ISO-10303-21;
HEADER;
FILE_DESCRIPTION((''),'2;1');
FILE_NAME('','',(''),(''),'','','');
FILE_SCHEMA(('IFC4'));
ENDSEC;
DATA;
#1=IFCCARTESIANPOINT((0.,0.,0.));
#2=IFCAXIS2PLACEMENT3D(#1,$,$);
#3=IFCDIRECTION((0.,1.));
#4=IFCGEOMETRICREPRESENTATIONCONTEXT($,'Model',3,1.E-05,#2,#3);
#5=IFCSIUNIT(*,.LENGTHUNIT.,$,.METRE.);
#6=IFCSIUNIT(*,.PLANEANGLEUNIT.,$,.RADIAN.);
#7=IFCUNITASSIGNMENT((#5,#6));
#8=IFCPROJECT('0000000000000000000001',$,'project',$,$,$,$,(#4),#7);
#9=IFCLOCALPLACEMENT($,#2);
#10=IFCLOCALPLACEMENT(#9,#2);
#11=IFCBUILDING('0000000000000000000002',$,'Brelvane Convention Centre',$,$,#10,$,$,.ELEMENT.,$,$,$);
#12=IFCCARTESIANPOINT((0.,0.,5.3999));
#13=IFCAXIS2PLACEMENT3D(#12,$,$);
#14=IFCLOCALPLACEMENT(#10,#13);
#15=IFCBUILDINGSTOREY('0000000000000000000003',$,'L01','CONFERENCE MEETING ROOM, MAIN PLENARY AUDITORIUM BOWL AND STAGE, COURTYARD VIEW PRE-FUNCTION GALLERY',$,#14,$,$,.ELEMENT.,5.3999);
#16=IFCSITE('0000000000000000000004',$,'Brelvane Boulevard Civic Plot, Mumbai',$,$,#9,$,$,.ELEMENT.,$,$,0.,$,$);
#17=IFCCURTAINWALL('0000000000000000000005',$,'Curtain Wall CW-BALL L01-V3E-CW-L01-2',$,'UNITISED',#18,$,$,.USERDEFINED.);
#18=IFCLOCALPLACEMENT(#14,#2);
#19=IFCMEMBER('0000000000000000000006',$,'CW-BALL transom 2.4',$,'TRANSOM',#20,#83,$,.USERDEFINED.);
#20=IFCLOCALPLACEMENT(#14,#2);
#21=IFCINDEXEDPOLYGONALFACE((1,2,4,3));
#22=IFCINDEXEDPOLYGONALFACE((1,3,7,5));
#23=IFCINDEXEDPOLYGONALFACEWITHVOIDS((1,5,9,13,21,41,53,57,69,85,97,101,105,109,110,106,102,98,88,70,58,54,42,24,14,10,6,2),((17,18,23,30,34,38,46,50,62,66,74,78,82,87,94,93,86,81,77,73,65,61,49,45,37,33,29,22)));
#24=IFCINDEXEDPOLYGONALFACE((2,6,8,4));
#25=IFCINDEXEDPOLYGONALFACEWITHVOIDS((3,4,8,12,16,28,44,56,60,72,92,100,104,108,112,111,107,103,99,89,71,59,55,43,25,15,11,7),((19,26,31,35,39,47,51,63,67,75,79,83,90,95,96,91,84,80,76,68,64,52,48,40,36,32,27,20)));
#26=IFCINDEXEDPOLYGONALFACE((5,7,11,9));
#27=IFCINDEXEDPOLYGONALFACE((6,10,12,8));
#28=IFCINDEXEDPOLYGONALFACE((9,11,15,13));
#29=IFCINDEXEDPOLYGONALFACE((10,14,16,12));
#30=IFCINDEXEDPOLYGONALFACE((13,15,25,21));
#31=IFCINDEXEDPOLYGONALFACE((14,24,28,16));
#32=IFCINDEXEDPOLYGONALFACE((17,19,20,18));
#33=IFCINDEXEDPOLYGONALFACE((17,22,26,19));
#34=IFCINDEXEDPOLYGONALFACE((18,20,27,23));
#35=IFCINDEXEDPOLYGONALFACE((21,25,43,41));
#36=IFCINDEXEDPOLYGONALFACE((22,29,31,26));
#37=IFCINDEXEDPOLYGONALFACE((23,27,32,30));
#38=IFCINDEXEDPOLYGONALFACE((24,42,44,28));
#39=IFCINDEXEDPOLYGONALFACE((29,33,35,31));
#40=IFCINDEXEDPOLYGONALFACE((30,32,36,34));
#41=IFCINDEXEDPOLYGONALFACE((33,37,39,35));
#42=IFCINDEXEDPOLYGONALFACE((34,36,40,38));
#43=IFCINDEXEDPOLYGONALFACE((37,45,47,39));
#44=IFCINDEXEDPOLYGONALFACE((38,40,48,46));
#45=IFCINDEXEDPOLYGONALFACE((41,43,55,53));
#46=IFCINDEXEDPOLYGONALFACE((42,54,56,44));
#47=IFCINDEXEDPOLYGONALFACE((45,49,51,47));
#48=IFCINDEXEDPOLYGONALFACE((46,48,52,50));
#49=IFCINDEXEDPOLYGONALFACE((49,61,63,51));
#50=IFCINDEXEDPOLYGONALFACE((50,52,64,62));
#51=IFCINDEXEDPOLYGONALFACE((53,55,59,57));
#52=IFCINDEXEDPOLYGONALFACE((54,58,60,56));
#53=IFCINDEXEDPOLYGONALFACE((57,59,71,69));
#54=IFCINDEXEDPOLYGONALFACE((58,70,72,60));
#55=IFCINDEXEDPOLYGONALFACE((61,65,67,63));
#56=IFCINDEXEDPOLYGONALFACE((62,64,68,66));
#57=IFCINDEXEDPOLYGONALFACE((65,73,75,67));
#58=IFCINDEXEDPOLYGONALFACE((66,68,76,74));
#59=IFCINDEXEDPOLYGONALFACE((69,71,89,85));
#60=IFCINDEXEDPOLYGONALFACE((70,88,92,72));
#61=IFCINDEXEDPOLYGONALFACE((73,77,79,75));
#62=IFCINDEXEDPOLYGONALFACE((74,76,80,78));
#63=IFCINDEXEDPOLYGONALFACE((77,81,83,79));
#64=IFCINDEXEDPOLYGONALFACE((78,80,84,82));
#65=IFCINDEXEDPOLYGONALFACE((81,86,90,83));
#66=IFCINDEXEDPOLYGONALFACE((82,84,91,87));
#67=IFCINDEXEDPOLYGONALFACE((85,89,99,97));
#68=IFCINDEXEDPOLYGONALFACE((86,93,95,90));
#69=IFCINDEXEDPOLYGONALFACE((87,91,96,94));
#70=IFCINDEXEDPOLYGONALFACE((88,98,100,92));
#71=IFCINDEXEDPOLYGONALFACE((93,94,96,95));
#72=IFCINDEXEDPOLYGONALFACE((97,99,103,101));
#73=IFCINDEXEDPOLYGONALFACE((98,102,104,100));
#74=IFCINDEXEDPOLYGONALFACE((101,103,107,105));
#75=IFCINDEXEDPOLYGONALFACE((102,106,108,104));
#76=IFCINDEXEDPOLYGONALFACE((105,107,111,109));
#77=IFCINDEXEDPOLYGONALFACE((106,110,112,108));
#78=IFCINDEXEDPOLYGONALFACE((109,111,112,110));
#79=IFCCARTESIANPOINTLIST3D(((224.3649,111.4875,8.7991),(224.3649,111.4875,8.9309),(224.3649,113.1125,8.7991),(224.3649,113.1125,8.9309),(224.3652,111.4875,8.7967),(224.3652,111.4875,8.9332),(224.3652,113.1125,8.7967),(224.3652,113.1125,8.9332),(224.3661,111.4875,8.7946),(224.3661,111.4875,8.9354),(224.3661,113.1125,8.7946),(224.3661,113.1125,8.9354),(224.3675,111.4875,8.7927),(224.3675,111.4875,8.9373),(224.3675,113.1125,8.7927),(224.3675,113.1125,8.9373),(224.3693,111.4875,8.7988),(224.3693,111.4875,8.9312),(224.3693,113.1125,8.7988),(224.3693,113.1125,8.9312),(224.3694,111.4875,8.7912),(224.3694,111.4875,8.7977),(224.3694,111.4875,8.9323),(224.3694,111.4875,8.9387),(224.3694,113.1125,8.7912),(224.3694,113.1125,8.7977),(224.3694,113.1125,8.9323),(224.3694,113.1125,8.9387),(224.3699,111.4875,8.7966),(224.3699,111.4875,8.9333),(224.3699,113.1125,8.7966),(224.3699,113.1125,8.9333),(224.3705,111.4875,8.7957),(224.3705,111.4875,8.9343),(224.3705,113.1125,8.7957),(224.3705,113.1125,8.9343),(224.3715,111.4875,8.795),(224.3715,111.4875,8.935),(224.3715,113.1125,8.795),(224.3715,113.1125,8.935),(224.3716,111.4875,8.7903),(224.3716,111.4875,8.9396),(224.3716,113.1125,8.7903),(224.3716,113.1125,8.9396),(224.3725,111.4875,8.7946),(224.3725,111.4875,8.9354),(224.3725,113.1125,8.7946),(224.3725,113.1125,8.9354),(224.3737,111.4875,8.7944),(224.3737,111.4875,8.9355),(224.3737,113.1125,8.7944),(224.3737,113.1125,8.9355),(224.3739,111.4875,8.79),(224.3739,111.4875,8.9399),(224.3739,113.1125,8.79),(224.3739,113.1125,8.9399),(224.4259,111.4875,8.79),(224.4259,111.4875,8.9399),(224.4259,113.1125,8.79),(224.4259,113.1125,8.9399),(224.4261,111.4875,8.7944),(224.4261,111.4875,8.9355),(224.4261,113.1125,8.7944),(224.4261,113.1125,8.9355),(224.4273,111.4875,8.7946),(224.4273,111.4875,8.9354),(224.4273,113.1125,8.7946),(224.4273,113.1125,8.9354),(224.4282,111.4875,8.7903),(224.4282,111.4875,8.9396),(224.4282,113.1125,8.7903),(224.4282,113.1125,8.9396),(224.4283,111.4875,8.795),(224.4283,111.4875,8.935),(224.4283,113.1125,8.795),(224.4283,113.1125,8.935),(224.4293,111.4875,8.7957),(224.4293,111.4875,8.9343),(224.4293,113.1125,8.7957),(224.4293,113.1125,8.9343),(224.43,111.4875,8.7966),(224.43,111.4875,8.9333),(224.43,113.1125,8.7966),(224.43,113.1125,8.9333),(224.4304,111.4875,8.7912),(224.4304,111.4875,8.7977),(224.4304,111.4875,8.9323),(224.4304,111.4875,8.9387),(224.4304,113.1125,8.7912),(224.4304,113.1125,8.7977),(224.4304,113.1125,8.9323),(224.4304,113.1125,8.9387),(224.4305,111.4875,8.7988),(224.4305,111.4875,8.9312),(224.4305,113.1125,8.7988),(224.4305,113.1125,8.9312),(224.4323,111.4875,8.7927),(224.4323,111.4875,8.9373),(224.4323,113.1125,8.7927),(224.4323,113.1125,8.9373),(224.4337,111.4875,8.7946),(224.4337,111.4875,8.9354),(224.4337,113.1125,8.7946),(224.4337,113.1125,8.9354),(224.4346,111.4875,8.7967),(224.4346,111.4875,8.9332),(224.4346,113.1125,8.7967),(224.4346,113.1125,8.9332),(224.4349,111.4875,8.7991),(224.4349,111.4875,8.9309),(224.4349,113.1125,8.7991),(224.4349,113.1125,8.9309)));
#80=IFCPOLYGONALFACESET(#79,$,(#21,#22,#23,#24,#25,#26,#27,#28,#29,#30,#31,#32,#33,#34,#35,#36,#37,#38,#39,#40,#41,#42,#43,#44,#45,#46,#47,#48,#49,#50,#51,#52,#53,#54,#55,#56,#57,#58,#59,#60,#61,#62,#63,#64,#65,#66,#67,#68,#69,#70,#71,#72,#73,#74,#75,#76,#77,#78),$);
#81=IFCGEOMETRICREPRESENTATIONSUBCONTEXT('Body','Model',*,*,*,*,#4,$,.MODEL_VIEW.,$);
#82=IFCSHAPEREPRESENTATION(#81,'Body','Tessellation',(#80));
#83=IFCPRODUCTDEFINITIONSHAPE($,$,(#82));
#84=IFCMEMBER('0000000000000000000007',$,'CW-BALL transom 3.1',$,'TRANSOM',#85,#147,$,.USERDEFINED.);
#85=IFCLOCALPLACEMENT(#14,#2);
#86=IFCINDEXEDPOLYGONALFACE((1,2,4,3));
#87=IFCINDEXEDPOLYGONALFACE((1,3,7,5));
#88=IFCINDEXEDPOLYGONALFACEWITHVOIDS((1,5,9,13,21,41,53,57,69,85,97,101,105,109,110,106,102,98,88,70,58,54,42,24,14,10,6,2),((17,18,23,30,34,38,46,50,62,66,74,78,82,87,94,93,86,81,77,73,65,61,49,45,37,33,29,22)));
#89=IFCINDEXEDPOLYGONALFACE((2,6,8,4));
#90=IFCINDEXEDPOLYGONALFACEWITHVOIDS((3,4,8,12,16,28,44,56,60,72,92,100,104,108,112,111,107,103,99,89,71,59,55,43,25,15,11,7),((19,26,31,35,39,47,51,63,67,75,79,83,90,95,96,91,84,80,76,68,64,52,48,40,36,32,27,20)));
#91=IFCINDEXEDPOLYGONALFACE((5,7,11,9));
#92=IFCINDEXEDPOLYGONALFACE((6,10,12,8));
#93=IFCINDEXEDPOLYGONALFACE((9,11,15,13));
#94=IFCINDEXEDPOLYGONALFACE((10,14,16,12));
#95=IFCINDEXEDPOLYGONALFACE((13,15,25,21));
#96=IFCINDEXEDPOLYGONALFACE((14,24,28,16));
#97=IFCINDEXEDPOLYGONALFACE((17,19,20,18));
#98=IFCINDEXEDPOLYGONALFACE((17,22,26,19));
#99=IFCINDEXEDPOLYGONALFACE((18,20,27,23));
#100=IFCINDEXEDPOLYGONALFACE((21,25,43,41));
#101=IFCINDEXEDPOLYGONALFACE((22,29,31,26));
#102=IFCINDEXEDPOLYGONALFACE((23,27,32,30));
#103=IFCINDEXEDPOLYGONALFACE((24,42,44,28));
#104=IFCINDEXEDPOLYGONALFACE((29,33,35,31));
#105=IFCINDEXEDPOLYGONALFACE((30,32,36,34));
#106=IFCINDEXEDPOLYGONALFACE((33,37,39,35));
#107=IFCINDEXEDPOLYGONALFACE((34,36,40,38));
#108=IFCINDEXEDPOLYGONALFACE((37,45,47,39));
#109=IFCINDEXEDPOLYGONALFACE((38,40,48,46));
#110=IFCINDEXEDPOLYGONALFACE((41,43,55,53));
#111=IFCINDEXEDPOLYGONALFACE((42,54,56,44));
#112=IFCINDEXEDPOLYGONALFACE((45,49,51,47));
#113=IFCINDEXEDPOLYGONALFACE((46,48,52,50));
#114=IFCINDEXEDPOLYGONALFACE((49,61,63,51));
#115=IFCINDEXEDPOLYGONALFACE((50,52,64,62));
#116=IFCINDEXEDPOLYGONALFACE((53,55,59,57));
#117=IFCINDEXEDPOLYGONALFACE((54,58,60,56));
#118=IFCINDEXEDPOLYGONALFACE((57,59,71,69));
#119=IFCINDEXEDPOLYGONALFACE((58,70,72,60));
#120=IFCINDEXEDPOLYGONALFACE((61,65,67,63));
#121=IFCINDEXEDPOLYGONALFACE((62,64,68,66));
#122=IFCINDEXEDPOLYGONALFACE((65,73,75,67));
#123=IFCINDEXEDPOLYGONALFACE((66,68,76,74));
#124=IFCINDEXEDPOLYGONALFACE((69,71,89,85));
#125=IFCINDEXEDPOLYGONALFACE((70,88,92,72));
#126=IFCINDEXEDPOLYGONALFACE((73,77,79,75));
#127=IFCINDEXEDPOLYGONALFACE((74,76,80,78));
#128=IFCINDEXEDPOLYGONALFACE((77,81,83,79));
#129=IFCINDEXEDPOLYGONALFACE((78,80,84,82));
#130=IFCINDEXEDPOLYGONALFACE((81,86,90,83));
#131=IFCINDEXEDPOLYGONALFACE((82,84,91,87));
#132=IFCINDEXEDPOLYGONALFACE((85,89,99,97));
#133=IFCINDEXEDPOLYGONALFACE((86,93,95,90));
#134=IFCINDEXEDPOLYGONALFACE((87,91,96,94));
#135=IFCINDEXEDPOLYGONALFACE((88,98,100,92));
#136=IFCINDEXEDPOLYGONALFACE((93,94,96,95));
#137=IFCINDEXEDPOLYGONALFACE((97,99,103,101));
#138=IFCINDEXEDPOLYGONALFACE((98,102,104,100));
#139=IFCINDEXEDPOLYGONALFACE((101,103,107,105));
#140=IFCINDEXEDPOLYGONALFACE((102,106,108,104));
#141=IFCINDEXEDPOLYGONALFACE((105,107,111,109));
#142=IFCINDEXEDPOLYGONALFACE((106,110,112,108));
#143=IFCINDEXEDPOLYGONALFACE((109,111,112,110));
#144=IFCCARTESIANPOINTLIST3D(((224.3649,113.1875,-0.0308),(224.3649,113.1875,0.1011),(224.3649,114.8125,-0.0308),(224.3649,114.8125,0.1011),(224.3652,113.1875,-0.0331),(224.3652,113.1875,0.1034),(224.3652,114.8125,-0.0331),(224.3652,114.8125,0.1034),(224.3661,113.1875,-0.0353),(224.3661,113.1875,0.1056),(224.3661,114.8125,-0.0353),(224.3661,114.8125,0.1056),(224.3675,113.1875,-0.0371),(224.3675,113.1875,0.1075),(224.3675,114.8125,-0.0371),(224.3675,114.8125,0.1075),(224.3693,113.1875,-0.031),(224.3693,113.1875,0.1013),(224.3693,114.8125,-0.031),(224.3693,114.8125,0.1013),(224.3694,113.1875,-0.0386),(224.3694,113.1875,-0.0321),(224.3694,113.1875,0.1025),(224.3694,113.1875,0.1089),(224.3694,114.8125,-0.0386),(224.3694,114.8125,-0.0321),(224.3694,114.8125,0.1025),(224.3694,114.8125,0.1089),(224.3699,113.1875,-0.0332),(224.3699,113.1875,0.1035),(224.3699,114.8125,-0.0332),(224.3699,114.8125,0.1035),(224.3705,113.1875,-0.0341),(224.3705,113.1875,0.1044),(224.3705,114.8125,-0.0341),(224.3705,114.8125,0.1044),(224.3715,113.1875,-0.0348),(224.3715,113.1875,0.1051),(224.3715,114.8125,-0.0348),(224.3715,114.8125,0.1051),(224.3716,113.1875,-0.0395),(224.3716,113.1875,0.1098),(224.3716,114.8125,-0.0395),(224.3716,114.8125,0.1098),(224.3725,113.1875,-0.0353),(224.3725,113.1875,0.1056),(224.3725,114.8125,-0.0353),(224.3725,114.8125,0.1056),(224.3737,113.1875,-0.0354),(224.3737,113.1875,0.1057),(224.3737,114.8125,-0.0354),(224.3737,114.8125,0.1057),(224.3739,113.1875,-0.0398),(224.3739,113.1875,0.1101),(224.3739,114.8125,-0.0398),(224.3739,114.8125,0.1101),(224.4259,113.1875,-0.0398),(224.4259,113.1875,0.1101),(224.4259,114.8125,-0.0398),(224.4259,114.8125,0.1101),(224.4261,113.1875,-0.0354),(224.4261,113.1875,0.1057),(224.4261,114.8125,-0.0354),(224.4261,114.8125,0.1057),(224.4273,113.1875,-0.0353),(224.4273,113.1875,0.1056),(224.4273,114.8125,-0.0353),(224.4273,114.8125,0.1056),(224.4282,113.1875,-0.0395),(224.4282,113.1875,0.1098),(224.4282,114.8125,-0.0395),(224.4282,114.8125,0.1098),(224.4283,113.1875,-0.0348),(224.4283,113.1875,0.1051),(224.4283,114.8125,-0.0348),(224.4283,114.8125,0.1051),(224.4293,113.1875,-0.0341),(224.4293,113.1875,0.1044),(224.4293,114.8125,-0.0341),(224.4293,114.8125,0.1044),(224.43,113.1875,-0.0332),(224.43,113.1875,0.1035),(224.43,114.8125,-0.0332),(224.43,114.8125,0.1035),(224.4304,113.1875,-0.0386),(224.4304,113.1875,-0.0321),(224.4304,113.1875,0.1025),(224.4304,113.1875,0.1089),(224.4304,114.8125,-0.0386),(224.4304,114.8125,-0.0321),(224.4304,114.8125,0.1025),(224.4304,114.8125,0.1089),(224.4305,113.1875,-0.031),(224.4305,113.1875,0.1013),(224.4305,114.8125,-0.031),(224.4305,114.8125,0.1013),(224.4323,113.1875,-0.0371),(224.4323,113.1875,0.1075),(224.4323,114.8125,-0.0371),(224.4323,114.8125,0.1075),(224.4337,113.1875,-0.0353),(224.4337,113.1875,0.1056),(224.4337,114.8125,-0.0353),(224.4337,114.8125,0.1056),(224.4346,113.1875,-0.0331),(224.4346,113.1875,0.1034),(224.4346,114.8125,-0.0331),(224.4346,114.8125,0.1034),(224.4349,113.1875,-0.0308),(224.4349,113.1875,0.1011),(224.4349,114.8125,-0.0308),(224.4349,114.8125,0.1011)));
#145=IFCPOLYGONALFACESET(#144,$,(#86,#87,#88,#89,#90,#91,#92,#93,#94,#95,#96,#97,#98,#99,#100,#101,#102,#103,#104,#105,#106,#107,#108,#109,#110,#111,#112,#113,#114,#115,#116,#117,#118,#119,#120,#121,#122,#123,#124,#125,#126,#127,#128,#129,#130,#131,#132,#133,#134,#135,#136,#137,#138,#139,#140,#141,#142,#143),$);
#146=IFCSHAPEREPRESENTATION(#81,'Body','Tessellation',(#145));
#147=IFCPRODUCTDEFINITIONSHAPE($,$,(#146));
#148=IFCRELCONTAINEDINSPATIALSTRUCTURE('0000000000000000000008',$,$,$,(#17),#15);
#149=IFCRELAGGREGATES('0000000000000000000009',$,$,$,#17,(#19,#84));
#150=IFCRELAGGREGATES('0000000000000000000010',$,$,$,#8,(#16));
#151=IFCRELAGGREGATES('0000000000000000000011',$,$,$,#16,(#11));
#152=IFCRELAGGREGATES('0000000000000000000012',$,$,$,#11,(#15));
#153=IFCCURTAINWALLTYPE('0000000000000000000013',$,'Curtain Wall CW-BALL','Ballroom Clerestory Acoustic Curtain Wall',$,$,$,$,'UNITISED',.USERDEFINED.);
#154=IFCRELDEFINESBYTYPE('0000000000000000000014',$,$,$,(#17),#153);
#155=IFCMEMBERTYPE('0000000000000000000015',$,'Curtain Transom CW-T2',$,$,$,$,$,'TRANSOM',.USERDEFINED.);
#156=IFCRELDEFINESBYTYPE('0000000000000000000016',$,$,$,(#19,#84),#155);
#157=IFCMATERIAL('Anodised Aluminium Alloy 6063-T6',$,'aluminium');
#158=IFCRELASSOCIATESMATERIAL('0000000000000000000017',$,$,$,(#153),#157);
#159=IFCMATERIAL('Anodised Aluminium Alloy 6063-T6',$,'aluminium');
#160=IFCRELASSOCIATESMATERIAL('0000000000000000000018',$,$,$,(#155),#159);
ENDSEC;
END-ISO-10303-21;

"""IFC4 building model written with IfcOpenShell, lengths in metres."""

from ifc_helpers import new_model, si_unit, direction, frame, origin, origin_2d, place, context, subcontext, project, spatial, hollow_rectangle, extrude, material, material_profile, profile_set, type_object, element, aggregate, save


model = new_model("IFC4")

# Units and contexts
model_context = context("Model", 3, precision=1e-05, world=origin(), true_north=direction((0.0, 1.0)))
body_context = subcontext(model_context, "Body", "Model", "MODEL_VIEW")
ifc_project = project(units=[si_unit("LENGTHUNIT", "METRE"), si_unit("PLANEANGLEUNIT", "RADIAN")], contexts=[model_context])

# Site, building, storey
site_placement = place(None, origin())
site = spatial("IfcSite", under=ifc_project, at=site_placement, Name="Brelvane Boulevard Civic Plot, Mumbai", CompositionType="ELEMENT", RefElevation=0.0)
building_placement = place(site_placement, origin())
building = spatial("IfcBuilding", under=site, at=building_placement, Name="Brelvane Convention Centre", CompositionType="ELEMENT")
storey_placement = place(building_placement, frame((0.0, 0.0, 5.3999)))
storey = spatial("IfcBuildingStorey", under=building, at=storey_placement, Name="L01", Description="CONFERENCE MEETING ROOM, MAIN PLENARY AUDITORIUM BOWL AND STAGE, COURTYARD VIEW PRE-FUNCTION GALLERY", CompositionType="ELEMENT", Elevation=5.3999)

# Curtain wall, members
ifc_material_1 = material(Name="Anodised Aluminium Alloy 6063-T6", Category="aluminium")
curtain_wall_type = type_object("IfcCurtainWallType", Name="Curtain Wall CW-BALL", Description="Ballroom Clerestory Acoustic Curtain Wall", ElementType="UNITISED", PredefinedType="USERDEFINED", material=ifc_material_1)
curtain_wall_placement = place(storey_placement, origin())
curtain_wall = element("IfcCurtainWall", 1, at=curtain_wall_placement, inside=storey, type_object=curtain_wall_type, Name="Curtain Wall CW-BALL L01-V3E-CW-L01-2", ObjectType="UNITISED", PredefinedType="USERDEFINED")
ifc_material_2 = material(Name="Anodised Aluminium Alloy 6063-T6", Category="aluminium")
ifc_material_profile_1 = material_profile(ifc_material_2, hollow_rectangle(XDim=0.0701, YDim=0.1499, WallThickness=0.0044, InnerFilletRadius=0.0044, OuterFilletRadius=0.009, at=origin_2d()), Name="ALU-T 150x70x4.5")
ifc_profile_set_1 = profile_set([ifc_material_profile_1], Name="Anodised Aluminium Alloy 6063-T6")
member_type_1 = type_object("IfcMemberType", Name="Curtain Transom CW-T2", ElementType="TRANSOM", PredefinedType="USERDEFINED", material=ifc_profile_set_1)
member_1_placement = place(storey_placement, frame((224.3999, 111.4875, 8.865), z_axis=(0.0, 1.0, 0.0), x_axis=(-1.0, 0.0, 0.0)))
member_1 = element("IfcMember", 2, at=member_1_placement, type_object=member_type_1, Name="CW-BALL transom 2.4", ObjectType="TRANSOM", PredefinedType="USERDEFINED", context=body_context, shape_type="SweptSolid", body=[
    extrude(hollow_rectangle(XDim=0.0701, YDim=0.1499, WallThickness=0.0044, InnerFilletRadius=0.0044, OuterFilletRadius=0.009, at=origin_2d()), origin(), (0.0, 0.0, 1.0), 1.625),
])
member_2_placement = place(storey_placement, frame((224.3999, 113.1875, 0.0352), z_axis=(0.0, 1.0, 0.0), x_axis=(-1.0, 0.0, 0.0)))
member_2 = element("IfcMember", 3, at=member_2_placement, type_object=member_type_1, Name="CW-BALL transom 3.1", ObjectType="TRANSOM", PredefinedType="USERDEFINED", context=body_context, shape_type="SweptSolid", body=[
    extrude(hollow_rectangle(XDim=0.0701, YDim=0.1499, WallThickness=0.0044, InnerFilletRadius=0.0044, OuterFilletRadius=0.009, at=origin_2d()), origin(), (0.0, 0.0, 1.0), 1.625),
])
aggregate(curtain_wall, [member_1, member_2])

save(model, "model.ifc")
